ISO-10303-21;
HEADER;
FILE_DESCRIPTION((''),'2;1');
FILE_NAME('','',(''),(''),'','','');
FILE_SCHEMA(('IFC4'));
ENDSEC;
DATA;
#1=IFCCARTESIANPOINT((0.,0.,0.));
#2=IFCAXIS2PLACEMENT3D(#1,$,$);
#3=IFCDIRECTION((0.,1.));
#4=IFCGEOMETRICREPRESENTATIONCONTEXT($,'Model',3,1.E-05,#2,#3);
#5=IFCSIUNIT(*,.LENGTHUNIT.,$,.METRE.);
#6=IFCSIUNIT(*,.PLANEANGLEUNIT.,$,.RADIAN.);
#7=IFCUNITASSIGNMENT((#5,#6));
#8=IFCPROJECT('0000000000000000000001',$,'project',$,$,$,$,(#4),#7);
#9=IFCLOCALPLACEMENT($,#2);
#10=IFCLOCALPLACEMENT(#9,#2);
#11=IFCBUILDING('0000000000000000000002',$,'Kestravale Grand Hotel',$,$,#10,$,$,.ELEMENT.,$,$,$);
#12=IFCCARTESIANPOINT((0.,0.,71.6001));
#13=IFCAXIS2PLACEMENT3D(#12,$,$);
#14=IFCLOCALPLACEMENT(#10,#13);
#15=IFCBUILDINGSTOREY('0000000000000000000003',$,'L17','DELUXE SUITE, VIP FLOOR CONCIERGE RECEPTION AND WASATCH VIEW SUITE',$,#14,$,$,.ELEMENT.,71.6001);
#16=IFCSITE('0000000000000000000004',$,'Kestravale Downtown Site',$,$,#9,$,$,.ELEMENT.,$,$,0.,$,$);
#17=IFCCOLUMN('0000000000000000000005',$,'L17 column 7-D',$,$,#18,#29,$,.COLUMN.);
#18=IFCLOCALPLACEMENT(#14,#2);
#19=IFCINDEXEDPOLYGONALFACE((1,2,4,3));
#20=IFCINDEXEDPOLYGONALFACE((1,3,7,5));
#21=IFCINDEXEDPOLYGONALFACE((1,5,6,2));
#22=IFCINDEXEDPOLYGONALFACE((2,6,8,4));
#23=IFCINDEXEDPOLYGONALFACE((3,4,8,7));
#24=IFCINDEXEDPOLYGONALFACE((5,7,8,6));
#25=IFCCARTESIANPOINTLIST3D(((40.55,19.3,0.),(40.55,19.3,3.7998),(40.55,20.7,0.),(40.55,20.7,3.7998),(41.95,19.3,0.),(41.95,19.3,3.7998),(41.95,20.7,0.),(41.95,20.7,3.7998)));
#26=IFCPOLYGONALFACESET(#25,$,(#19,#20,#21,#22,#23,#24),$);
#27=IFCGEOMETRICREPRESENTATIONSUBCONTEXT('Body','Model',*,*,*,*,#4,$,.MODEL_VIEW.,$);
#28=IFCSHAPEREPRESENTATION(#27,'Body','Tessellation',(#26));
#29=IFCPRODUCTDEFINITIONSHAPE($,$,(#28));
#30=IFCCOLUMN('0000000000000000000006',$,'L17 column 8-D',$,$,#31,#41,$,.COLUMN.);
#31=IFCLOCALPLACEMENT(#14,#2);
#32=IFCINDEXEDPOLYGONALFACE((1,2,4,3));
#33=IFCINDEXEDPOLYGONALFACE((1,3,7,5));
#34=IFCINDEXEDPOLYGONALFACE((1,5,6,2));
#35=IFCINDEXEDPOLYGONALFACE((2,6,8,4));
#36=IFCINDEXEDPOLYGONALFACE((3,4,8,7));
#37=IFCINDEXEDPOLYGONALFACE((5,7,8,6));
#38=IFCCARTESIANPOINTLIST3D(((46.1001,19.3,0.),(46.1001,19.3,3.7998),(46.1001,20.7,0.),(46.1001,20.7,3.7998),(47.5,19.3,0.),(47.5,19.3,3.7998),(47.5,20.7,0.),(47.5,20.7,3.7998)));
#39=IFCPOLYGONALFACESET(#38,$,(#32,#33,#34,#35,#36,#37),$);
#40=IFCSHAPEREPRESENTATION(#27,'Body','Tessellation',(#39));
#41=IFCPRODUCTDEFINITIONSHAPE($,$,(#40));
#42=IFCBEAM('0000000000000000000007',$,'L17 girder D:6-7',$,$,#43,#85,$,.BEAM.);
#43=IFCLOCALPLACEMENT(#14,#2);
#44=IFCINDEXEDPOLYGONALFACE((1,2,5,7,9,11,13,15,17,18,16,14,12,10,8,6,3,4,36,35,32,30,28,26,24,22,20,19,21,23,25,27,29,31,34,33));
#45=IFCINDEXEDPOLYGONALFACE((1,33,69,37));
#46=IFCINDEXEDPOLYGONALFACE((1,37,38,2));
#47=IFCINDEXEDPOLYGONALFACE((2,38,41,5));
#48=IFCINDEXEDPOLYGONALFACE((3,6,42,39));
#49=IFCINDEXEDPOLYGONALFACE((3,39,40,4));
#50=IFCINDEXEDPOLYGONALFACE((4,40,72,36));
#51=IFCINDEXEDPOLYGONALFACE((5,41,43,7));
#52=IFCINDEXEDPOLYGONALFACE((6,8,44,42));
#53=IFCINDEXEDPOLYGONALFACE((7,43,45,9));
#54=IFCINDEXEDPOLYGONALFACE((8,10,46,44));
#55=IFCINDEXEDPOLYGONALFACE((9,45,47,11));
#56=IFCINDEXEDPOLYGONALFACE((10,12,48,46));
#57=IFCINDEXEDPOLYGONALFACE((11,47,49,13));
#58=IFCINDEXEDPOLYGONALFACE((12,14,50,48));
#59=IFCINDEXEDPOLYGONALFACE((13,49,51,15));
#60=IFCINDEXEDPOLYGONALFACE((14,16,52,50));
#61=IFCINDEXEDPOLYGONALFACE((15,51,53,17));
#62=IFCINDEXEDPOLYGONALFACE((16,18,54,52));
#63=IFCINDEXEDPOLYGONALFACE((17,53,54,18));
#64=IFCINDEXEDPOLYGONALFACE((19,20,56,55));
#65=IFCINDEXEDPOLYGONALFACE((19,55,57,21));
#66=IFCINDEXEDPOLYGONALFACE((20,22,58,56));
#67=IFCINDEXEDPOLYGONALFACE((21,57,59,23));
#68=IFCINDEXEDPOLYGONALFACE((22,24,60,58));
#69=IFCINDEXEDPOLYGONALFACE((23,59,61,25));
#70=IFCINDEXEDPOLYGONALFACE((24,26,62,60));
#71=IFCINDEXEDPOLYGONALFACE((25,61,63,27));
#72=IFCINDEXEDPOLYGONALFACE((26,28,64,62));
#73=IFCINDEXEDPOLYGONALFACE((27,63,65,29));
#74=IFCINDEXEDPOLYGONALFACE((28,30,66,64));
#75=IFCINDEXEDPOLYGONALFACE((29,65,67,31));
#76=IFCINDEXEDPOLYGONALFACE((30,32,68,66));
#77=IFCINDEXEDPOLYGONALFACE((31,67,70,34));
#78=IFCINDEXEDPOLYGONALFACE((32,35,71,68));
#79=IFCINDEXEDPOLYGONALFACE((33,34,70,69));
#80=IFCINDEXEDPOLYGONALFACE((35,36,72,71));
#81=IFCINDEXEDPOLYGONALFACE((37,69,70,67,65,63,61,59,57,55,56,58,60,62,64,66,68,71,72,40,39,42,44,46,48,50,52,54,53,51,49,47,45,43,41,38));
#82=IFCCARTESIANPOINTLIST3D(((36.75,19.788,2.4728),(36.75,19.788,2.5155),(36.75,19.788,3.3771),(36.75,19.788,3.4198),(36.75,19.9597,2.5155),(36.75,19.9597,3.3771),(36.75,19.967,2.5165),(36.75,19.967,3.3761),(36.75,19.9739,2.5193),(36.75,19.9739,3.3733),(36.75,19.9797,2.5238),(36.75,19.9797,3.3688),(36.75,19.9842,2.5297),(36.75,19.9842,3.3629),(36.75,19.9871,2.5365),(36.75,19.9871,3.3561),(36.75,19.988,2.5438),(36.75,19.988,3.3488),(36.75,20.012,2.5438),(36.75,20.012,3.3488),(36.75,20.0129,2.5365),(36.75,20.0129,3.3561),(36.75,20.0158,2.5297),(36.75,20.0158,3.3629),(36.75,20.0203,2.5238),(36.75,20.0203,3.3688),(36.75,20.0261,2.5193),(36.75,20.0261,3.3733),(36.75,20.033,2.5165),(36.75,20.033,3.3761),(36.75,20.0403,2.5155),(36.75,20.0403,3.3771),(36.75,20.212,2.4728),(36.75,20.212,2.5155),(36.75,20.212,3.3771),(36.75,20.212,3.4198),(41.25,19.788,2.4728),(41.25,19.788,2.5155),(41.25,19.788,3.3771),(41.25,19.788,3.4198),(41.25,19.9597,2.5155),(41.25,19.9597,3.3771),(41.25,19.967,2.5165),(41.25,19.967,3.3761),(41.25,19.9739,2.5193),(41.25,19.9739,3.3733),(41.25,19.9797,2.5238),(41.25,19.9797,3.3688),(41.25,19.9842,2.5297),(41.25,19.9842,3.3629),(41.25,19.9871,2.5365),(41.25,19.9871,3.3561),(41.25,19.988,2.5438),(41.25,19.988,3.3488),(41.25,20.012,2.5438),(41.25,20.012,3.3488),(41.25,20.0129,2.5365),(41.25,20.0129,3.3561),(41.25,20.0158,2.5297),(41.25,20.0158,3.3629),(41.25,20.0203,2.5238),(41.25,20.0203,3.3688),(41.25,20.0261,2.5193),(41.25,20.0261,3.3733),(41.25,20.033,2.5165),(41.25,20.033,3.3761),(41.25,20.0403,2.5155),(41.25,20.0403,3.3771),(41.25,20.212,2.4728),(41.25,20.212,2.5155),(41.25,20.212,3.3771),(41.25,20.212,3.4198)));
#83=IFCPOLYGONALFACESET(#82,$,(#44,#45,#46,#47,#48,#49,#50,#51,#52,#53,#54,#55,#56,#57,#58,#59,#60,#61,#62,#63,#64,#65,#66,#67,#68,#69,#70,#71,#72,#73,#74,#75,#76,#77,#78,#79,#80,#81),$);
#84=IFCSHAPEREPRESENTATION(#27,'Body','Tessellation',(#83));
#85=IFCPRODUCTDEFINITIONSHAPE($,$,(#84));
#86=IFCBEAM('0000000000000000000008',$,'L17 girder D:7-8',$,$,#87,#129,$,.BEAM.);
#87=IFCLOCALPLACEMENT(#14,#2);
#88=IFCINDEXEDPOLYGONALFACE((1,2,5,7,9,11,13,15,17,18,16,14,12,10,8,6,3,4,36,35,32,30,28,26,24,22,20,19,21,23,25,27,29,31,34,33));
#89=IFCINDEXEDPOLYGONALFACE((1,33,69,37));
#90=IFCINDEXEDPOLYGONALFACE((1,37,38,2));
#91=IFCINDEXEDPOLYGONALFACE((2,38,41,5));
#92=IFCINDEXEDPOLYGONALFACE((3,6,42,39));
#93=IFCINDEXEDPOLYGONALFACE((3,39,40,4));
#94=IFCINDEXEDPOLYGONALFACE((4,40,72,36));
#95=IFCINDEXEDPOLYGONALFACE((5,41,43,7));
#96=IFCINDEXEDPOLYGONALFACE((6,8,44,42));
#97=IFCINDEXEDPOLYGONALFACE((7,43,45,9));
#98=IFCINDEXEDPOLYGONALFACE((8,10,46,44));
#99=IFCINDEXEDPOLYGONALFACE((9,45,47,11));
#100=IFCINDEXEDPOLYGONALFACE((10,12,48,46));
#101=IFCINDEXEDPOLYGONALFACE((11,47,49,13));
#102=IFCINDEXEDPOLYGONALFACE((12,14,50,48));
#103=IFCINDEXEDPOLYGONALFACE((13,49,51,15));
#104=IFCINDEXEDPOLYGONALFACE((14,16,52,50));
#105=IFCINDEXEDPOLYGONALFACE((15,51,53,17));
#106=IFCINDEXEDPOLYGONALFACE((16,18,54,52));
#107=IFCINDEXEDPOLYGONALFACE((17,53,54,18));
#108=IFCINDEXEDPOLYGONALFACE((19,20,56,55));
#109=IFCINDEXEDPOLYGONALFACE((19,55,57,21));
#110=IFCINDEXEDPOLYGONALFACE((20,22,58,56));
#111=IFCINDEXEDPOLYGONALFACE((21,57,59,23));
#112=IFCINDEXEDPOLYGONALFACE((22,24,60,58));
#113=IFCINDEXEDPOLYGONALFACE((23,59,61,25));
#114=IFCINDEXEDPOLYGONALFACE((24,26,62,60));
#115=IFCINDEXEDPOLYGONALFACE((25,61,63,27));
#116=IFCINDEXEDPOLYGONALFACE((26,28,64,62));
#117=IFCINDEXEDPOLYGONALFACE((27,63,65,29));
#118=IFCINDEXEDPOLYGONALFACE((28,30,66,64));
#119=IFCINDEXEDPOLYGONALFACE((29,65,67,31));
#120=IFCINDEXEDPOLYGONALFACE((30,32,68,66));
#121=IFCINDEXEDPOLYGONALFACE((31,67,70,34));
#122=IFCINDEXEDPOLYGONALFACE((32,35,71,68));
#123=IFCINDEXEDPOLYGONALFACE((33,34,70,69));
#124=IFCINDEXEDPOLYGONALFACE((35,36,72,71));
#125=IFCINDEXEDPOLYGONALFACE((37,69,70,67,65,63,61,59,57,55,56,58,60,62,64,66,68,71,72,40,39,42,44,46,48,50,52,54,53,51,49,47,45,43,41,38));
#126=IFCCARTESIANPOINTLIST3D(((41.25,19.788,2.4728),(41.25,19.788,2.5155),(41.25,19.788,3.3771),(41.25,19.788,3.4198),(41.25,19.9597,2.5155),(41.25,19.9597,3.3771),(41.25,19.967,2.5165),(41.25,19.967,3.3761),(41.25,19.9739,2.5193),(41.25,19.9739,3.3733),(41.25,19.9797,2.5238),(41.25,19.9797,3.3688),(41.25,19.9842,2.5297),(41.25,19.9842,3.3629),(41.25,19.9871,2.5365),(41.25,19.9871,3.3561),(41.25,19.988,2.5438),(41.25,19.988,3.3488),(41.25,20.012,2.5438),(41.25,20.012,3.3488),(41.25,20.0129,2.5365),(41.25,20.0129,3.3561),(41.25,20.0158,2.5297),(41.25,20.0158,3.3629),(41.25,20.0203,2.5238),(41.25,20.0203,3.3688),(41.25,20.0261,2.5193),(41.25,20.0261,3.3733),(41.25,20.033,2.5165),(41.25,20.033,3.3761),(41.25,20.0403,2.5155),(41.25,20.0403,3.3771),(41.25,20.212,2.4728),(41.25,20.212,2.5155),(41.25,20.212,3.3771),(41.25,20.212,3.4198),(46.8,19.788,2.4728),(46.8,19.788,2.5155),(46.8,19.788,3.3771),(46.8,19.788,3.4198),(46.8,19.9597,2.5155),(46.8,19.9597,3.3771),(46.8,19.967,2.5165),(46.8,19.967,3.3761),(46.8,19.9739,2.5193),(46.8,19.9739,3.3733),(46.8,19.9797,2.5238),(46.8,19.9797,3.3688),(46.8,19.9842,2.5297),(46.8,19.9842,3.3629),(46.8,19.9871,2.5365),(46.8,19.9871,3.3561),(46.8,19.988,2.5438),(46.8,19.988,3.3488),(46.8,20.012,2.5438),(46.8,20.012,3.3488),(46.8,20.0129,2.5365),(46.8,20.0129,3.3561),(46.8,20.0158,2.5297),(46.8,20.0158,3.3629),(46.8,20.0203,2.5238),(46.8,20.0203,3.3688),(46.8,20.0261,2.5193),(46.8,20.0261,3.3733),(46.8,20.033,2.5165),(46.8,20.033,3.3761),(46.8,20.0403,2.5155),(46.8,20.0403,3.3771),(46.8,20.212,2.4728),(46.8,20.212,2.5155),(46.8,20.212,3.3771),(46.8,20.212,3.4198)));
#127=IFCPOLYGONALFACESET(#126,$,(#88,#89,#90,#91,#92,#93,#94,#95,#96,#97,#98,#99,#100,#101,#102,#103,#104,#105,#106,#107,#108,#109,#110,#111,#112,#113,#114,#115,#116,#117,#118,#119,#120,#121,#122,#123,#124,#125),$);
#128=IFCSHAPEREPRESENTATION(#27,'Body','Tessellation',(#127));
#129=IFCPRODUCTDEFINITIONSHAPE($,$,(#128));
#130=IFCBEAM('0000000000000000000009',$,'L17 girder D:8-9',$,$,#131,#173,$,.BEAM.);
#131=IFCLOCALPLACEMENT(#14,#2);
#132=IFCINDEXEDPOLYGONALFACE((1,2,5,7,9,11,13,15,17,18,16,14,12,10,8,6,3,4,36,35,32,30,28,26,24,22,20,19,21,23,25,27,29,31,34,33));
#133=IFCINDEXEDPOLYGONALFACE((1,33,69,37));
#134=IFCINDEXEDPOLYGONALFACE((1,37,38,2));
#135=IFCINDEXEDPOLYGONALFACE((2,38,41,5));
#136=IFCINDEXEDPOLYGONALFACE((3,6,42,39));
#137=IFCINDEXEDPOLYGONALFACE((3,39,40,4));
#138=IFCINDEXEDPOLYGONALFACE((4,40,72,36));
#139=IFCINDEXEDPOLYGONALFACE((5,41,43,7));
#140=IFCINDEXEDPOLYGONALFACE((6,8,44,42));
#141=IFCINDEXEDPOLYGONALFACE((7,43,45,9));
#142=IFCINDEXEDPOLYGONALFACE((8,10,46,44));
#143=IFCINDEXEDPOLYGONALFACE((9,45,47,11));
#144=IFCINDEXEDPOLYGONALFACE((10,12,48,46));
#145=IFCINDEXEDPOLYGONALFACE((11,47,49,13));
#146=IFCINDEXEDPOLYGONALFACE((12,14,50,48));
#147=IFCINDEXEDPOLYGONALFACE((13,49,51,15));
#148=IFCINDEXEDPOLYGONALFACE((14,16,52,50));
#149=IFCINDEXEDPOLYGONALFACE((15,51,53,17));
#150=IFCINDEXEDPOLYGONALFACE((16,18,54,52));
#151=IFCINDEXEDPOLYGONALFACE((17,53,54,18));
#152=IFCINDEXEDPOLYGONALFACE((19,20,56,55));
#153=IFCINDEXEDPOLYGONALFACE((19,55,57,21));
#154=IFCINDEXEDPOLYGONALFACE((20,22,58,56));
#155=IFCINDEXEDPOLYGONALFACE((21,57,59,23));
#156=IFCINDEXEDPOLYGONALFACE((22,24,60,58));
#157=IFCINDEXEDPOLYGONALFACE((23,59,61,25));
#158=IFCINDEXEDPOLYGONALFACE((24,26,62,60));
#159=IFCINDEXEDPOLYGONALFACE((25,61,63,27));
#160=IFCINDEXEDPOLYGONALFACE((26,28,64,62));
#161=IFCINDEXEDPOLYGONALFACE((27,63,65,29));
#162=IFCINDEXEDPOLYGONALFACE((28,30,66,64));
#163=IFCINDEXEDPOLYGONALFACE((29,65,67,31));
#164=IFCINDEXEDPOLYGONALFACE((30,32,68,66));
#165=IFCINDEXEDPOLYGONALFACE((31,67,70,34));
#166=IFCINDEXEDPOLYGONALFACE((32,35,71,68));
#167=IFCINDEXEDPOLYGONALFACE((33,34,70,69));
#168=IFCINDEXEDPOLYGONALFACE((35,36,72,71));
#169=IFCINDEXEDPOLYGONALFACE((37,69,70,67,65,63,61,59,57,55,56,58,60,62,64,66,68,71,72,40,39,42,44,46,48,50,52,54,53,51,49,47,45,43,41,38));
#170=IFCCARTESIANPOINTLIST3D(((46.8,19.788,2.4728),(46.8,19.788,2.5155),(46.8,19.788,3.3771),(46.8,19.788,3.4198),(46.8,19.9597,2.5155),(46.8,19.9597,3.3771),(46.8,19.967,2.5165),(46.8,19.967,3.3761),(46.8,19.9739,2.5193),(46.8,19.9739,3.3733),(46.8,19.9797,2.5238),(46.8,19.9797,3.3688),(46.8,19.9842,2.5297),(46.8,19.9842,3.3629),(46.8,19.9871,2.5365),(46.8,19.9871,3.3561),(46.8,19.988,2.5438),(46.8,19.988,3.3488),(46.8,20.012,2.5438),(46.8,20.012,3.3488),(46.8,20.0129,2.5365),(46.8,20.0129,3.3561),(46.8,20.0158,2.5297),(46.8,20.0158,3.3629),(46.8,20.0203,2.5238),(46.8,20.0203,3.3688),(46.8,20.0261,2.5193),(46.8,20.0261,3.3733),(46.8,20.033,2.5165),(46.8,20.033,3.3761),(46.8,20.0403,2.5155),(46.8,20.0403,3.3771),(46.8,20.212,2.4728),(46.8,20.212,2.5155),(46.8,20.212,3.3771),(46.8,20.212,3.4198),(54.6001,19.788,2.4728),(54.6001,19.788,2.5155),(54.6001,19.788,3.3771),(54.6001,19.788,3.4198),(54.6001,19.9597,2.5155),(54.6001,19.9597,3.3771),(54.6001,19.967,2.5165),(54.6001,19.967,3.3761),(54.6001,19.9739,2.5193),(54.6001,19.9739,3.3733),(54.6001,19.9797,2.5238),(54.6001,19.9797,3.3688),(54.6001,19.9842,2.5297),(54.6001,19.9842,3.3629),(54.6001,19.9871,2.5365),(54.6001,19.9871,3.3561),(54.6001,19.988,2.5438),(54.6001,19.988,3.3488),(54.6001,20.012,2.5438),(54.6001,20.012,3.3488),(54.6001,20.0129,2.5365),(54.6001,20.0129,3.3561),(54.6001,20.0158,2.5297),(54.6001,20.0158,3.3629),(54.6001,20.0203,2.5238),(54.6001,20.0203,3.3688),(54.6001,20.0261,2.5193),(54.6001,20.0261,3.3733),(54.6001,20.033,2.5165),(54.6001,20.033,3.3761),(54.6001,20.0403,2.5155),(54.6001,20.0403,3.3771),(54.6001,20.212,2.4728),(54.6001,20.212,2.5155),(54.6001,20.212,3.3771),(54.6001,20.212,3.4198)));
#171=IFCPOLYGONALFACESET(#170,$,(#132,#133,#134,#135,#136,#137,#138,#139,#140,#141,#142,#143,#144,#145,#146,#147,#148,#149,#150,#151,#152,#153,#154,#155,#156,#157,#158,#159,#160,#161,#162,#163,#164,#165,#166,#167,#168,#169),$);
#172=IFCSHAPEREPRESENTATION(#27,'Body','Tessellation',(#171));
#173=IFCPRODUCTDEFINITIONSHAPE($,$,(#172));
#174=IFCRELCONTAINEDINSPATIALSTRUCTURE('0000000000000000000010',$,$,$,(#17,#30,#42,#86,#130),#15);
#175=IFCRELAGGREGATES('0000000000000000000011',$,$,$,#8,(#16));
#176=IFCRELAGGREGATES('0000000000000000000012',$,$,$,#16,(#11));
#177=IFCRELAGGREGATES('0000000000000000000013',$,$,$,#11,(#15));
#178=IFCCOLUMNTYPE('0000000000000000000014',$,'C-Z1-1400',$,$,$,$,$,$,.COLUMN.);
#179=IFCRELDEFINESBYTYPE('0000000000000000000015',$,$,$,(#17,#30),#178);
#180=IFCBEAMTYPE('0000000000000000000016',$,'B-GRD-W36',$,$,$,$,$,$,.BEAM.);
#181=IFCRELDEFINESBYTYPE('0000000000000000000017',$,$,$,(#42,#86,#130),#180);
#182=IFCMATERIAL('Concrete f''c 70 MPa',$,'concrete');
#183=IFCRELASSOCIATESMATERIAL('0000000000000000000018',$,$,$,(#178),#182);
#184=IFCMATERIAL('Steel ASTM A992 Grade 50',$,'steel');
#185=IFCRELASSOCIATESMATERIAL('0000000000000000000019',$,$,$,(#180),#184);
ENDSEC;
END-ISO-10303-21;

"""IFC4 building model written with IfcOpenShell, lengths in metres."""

from ifc_helpers import new_model, si_unit, direction, frame, origin, origin_2d, place, context, subcontext, project, spatial, rectangle, i_section, extrude, material, material_profile, profile_set, type_object, element, save


model = new_model("IFC4")

# Units and contexts
model_context = context("Model", 3, precision=1e-05, world=origin(), true_north=direction((0.0, 1.0)))
body_context = subcontext(model_context, "Body", "Model", "MODEL_VIEW")
ifc_project = project(units=[si_unit("LENGTHUNIT", "METRE"), si_unit("PLANEANGLEUNIT", "RADIAN")], contexts=[model_context])

# Site, building, storey
site_placement = place(None, origin())
site = spatial("IfcSite", under=ifc_project, at=site_placement, Name="Kestravale Downtown Site", CompositionType="ELEMENT", RefElevation=0.0)
building_placement = place(site_placement, origin())
building = spatial("IfcBuilding", under=site, at=building_placement, Name="Kestravale Grand Hotel", CompositionType="ELEMENT")
storey_placement = place(building_placement, frame((0.0, 0.0, 71.6001)))
storey = spatial("IfcBuildingStorey", under=building, at=storey_placement, Name="L17", Description="DELUXE SUITE, VIP FLOOR CONCIERGE RECEPTION AND WASATCH VIEW SUITE", CompositionType="ELEMENT", Elevation=71.6001)

# Columns
ifc_material_1 = material(Name="Concrete f'c 70 MPa", Category="concrete")
ifc_material_profile_1 = material_profile(ifc_material_1, rectangle(XDim=1.3999, YDim=1.3999, at=origin_2d()))
ifc_profile_set_1 = profile_set([ifc_material_profile_1], Name="Concrete f'c 70 MPa")
column_type = type_object("IfcColumnType", Name="C-Z1-1400", PredefinedType="COLUMN", material=ifc_profile_set_1)
for number, where, z_axis, x_axis, name in (
    (1, (41.25, 20.0, 0.0), (0.0, 0.0, 1.0), (1.0, 0.0, 0.0), "L17 column 7-D"),
    (2, (46.8, 20.0, 0.0), (0.0, 0.0, 1.0), (1.0, 0.0, 0.0), "L17 column 8-D"),
):
    element("IfcColumn", number, at=place(storey_placement, frame(where, z_axis=z_axis, x_axis=x_axis)), inside=storey, type_object=column_type, Name=name, PredefinedType="COLUMN", context=body_context, shape_type="SweptSolid", body=[
        extrude(rectangle(XDim=1.3999, YDim=1.3999, at=origin_2d()), origin(), (0.0, 0.0, 1.0), 3.7998),
    ])

# Beams
ifc_material_2 = material(Name="Steel ASTM A992 Grade 50", Category="steel")
ifc_material_profile_2 = material_profile(ifc_material_2, i_section(OverallWidth=0.4241, OverallDepth=0.947, WebThickness=0.0239, FlangeThickness=0.0427, FilletRadius=0.0283, at=origin_2d()))
ifc_profile_set_2 = profile_set([ifc_material_profile_2], Name="Steel ASTM A992 Grade 50")
beam_type = type_object("IfcBeamType", Name="B-GRD-W36", PredefinedType="BEAM", material=ifc_profile_set_2)
beam_1_placement = place(storey_placement, frame((36.75, 20.0, 2.9463), z_axis=(1.0, 0.0, 0.0), x_axis=(0.0, 1.0, 0.0)))
element("IfcBeam", 3, at=beam_1_placement, inside=storey, type_object=beam_type, Name="L17 girder D:6-7", PredefinedType="BEAM", context=body_context, shape_type="SweptSolid", body=[
    extrude(i_section(OverallWidth=0.4241, OverallDepth=0.947, WebThickness=0.0239, FlangeThickness=0.0427, FilletRadius=0.0283, at=origin_2d()), origin(), (0.0, 0.0, 1.0), 4.5),
])
beam_2_placement = place(storey_placement, frame((41.25, 20.0, 2.9463), z_axis=(1.0, 0.0, 0.0), x_axis=(0.0, 1.0, 0.0)))
element("IfcBeam", 4, at=beam_2_placement, inside=storey, type_object=beam_type, Name="L17 girder D:7-8", PredefinedType="BEAM", context=body_context, shape_type="SweptSolid", body=[
    extrude(i_section(OverallWidth=0.4241, OverallDepth=0.947, WebThickness=0.0239, FlangeThickness=0.0427, FilletRadius=0.0283, at=origin_2d()), origin(), (0.0, 0.0, 1.0), 5.55),
])
beam_3_placement = place(storey_placement, frame((46.8, 20.0, 2.9463), z_axis=(1.0, 0.0, 0.0), x_axis=(0.0, 1.0, 0.0)))
element("IfcBeam", 5, at=beam_3_placement, inside=storey, type_object=beam_type, Name="L17 girder D:8-9", PredefinedType="BEAM", context=body_context, shape_type="SweptSolid", body=[
    extrude(i_section(OverallWidth=0.4241, OverallDepth=0.947, WebThickness=0.0239, FlangeThickness=0.0427, FilletRadius=0.0283, at=origin_2d()), origin(), (0.0, 0.0, 1.0), 7.8),
])

save(model, "model.ifc")
